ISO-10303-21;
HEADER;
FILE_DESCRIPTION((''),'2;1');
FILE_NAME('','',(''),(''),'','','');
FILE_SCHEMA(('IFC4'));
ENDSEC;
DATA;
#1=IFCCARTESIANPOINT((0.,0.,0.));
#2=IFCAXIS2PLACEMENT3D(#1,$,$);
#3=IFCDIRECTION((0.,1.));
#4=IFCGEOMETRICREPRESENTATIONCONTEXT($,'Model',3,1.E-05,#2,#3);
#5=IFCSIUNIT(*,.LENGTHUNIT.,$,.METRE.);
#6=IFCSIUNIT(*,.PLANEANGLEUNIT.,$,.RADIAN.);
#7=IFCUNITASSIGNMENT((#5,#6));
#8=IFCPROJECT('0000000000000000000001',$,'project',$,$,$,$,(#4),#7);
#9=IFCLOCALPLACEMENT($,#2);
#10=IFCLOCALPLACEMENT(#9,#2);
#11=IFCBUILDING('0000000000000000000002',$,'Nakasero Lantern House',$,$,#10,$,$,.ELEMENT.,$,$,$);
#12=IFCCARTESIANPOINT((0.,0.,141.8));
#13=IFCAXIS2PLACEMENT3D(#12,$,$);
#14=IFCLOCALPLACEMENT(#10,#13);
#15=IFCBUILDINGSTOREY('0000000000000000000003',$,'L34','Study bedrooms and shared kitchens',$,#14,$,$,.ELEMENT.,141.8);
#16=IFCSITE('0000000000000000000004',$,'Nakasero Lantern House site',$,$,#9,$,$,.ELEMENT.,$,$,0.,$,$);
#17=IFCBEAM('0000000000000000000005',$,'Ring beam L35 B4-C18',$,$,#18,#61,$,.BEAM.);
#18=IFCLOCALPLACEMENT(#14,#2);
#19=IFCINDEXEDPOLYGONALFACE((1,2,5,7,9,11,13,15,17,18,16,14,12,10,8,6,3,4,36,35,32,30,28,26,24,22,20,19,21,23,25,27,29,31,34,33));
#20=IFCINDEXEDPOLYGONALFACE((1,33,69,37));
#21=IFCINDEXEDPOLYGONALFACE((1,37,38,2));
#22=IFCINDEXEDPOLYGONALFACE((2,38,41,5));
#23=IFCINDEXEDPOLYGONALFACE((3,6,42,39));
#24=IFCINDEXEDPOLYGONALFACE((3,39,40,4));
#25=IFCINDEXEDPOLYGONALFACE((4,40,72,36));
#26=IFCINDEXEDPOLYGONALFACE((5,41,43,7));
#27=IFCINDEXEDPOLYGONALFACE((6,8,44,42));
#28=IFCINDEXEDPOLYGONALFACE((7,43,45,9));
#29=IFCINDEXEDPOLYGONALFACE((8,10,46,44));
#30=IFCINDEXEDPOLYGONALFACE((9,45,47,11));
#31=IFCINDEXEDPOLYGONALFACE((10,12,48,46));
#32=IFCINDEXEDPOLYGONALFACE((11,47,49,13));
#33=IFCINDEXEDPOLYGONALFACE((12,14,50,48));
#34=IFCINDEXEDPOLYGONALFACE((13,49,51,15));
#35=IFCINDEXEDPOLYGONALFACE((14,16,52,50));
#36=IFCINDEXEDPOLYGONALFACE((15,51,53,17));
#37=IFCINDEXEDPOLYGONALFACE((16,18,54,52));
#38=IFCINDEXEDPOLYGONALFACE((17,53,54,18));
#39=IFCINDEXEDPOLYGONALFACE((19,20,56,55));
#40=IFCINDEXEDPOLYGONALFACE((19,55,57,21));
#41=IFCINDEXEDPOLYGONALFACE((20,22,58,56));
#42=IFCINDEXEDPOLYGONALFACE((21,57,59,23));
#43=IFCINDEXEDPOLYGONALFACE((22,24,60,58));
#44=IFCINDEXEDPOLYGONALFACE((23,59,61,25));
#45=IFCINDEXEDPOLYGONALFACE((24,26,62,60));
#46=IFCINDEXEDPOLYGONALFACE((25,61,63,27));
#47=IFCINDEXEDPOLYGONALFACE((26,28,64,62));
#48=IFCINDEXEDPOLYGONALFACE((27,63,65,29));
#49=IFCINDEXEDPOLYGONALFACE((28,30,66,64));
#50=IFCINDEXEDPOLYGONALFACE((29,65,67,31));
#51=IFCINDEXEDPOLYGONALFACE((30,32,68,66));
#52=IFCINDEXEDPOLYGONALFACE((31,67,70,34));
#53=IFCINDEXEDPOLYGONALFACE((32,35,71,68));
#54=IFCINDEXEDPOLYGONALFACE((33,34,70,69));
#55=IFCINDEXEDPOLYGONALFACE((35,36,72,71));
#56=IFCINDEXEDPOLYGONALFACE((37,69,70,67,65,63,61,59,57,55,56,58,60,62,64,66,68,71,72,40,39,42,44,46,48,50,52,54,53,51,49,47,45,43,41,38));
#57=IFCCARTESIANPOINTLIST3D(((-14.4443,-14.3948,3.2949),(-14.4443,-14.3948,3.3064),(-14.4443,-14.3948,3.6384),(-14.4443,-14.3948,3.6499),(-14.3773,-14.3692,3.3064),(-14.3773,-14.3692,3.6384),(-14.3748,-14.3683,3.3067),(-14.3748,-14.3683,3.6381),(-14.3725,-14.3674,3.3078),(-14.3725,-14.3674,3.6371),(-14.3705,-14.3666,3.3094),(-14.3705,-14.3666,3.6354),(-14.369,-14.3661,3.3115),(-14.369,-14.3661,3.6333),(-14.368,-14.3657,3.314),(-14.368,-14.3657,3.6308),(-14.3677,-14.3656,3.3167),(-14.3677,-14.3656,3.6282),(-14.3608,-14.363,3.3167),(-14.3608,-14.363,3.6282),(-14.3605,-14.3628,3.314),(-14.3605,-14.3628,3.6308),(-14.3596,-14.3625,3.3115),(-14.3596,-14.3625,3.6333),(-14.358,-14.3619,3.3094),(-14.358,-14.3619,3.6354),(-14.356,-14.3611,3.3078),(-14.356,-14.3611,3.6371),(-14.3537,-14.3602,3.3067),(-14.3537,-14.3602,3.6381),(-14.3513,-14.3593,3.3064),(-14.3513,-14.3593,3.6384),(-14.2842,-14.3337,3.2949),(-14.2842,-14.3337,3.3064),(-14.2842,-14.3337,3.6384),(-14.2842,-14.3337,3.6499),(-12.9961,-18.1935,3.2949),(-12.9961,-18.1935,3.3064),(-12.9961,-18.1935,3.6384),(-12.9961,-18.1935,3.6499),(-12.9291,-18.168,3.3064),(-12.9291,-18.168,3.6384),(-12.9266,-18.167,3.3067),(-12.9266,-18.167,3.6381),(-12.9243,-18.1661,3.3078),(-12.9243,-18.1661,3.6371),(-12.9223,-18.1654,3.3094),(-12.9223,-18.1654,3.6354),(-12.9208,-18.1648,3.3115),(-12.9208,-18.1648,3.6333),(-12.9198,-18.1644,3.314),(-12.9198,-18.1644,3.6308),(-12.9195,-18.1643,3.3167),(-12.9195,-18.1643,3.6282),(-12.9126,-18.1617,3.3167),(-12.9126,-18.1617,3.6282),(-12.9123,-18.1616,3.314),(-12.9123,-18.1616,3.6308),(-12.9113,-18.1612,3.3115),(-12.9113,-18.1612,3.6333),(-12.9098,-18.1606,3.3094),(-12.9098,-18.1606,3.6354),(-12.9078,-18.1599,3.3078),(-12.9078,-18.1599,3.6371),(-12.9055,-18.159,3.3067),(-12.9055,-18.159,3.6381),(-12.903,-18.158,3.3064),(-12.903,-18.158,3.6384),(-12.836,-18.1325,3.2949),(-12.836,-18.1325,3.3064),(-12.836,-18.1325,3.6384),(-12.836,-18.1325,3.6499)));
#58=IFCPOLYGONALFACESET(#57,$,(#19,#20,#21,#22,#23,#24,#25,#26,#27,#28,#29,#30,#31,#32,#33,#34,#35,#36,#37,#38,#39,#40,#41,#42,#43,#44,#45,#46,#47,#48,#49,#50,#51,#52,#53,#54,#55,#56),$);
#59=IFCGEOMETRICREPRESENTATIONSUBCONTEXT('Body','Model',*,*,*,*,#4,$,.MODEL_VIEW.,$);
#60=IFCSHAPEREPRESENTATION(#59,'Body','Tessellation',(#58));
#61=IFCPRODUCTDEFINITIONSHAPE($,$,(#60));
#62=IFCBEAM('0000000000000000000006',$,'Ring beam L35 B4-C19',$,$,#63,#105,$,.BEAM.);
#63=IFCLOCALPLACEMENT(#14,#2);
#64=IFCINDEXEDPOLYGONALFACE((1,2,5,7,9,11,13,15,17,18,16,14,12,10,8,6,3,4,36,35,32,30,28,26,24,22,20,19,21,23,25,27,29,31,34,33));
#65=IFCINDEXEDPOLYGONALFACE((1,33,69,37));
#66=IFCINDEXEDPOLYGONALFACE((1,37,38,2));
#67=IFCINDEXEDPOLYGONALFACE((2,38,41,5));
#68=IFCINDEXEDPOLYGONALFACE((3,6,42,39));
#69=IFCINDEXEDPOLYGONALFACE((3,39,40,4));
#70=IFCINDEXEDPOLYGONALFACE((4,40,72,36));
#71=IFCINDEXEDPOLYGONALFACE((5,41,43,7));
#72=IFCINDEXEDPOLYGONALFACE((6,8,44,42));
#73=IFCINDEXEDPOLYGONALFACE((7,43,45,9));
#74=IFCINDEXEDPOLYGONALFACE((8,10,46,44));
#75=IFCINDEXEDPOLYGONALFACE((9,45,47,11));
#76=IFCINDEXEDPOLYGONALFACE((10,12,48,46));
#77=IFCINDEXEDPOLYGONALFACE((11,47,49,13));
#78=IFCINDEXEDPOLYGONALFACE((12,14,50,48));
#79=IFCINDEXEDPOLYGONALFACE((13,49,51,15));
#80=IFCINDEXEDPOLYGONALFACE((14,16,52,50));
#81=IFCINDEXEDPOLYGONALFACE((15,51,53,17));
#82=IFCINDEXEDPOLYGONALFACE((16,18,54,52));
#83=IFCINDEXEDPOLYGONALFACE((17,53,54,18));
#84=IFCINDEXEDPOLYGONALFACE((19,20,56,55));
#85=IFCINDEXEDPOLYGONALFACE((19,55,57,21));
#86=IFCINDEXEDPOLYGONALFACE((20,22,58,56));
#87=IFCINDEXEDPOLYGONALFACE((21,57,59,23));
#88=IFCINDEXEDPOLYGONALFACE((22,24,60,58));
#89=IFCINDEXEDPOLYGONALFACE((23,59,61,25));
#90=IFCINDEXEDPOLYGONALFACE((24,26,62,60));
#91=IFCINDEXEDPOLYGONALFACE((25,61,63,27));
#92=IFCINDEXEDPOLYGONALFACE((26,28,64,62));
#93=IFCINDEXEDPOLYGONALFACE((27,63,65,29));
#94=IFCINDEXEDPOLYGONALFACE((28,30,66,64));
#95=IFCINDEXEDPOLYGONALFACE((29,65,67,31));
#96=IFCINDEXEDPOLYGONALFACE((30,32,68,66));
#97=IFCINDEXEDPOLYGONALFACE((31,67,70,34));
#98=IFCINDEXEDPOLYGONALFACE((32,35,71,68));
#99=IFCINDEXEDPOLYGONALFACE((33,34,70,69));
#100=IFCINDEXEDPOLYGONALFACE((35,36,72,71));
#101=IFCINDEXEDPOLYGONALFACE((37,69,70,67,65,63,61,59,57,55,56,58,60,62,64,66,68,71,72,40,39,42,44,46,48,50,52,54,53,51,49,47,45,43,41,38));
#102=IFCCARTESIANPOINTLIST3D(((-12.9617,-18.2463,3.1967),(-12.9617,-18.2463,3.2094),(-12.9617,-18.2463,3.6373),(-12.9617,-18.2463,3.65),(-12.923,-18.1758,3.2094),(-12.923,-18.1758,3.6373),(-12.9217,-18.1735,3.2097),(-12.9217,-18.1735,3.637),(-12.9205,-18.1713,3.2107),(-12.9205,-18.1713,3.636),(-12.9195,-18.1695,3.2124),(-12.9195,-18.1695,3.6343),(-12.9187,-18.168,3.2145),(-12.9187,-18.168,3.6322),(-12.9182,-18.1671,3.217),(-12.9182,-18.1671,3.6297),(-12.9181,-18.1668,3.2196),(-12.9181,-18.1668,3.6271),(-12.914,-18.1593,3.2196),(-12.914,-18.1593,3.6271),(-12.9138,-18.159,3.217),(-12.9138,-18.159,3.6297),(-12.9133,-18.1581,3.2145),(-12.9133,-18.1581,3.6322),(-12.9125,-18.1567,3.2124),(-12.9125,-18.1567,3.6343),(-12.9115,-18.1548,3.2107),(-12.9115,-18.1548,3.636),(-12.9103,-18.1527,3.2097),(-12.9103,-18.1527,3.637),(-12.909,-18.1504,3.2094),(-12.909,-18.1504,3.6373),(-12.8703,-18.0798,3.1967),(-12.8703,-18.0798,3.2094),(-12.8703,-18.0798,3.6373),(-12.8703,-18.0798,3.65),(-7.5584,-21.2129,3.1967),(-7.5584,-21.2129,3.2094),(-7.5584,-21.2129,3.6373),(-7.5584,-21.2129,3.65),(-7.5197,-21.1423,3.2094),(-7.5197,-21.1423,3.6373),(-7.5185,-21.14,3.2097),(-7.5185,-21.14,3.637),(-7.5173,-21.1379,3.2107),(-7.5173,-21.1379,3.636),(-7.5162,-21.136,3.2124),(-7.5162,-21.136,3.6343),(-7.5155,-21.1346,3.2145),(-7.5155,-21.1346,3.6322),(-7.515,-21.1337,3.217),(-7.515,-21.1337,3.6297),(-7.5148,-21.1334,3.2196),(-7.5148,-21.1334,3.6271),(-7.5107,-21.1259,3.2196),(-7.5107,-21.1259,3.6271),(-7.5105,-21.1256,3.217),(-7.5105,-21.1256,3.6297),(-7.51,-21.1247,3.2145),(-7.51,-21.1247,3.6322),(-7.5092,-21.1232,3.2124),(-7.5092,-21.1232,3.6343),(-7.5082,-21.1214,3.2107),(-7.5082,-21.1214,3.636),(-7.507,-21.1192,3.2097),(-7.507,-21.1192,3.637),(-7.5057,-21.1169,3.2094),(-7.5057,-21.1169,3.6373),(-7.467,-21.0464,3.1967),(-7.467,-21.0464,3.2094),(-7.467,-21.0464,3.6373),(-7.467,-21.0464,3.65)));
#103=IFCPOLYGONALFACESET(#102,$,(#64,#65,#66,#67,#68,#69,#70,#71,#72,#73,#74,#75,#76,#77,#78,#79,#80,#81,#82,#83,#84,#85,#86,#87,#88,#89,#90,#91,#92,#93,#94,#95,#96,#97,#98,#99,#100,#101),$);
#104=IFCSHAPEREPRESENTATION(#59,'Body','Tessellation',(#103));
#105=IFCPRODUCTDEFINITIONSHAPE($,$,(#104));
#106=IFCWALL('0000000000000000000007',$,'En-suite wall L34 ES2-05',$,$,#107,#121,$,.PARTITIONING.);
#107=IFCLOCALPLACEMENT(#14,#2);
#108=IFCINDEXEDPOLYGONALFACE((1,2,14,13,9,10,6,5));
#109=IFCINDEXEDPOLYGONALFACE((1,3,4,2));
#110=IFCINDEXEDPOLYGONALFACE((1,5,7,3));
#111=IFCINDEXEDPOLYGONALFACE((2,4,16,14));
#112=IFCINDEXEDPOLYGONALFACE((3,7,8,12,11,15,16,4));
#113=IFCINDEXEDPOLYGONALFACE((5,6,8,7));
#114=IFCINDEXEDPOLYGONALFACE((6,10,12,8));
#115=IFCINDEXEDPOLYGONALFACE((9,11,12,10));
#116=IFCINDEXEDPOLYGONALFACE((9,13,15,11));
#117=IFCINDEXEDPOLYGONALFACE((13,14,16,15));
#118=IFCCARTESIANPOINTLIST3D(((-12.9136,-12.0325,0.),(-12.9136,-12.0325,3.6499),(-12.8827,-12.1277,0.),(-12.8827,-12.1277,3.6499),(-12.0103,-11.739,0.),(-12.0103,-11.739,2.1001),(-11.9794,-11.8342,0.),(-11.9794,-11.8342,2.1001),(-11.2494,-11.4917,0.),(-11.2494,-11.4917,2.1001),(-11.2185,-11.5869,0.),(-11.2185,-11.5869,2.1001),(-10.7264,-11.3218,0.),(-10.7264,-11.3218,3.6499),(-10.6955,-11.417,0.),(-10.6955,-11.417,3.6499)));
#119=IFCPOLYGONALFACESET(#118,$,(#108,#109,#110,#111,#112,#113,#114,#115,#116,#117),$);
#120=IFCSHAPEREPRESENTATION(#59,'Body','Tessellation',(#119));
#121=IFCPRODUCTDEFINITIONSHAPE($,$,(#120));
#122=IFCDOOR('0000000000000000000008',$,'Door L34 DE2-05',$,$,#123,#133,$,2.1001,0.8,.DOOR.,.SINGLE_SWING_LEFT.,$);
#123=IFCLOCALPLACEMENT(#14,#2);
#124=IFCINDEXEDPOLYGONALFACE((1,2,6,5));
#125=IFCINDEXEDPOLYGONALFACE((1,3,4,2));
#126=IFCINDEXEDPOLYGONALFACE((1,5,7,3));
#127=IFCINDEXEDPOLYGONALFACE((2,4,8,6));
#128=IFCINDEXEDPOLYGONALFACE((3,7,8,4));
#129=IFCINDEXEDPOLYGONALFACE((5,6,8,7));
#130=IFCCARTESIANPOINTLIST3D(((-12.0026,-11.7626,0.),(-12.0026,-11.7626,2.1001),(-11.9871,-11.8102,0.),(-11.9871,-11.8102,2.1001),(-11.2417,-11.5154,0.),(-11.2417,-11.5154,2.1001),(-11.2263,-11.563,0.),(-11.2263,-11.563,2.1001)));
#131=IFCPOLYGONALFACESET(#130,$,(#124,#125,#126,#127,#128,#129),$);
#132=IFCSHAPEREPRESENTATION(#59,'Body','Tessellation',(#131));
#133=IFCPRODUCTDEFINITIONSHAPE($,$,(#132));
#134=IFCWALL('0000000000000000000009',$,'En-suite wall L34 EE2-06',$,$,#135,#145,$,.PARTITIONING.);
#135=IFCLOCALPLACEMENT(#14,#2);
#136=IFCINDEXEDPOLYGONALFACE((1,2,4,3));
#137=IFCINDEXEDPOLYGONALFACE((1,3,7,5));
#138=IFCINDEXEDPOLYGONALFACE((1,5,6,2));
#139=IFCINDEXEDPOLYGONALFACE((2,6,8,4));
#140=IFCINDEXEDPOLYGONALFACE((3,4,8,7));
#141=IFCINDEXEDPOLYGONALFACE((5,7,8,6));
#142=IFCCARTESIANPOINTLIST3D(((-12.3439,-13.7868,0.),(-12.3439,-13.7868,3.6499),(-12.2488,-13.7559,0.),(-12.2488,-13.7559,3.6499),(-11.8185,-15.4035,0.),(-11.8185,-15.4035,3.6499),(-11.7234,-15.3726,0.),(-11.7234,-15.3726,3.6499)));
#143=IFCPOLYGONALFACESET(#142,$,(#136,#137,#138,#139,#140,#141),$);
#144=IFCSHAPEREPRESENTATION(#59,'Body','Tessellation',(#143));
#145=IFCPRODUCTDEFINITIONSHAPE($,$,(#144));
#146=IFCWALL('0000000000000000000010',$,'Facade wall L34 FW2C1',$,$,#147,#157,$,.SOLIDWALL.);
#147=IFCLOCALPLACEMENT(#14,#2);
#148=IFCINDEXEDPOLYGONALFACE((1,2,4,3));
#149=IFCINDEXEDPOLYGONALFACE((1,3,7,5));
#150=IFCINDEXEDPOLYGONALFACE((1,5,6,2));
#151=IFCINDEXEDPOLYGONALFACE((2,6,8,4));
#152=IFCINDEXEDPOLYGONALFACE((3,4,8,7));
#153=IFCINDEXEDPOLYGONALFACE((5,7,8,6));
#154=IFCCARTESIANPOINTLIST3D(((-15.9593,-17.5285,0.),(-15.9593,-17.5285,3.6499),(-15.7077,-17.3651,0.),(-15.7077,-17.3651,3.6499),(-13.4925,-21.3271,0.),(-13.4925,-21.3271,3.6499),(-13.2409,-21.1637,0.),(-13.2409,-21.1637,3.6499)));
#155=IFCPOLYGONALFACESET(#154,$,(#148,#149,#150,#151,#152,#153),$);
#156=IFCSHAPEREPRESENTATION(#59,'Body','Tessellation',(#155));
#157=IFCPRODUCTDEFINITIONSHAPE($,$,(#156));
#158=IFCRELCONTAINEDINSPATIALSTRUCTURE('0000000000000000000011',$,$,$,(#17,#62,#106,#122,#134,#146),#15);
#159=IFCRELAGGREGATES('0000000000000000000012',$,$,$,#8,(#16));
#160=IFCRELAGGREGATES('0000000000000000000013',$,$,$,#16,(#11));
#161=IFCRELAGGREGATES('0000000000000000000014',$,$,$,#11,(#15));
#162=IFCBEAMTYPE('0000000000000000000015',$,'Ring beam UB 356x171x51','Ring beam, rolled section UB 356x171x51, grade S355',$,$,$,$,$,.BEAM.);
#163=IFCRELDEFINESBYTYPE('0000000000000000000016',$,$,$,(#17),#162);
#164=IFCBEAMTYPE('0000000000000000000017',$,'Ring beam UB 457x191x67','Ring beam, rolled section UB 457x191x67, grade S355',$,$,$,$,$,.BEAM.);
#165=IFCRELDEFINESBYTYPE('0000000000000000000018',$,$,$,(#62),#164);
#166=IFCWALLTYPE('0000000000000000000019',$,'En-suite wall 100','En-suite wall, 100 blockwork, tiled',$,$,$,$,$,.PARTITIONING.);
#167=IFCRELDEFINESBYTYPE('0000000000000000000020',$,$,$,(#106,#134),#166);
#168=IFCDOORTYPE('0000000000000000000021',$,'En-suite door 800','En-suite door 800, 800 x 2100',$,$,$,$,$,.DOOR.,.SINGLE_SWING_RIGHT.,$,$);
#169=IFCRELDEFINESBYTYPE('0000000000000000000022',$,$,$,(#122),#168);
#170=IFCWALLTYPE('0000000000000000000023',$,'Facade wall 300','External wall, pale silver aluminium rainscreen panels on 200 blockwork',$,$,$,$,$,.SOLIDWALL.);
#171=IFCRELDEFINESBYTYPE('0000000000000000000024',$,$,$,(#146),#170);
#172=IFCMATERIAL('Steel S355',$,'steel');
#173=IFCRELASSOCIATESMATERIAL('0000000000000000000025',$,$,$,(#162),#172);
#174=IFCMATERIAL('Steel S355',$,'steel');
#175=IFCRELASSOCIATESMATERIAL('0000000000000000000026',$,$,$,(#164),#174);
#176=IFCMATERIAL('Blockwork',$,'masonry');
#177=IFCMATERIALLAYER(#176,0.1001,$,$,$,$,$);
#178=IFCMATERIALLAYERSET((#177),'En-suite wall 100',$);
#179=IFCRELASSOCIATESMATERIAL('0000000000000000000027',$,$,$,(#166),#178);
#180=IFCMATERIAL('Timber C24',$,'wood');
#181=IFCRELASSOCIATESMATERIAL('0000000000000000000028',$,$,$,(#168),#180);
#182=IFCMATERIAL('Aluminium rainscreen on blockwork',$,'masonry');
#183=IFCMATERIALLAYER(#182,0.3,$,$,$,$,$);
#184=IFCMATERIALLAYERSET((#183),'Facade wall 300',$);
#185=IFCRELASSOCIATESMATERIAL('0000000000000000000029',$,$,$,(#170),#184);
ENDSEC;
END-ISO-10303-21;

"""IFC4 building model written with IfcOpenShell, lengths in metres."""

from ifc_helpers import new_model, si_unit, direction, frame, frame_2d, origin, origin_2d, place, context, subcontext, project, spatial, rectangle, i_section, extrude, material, layer, layer_set, material_profile, profile_set, type_object, element, fill, save


model = new_model("IFC4")

# Units and contexts
model_context = context("Model", 3, precision=1e-05, world=origin(), true_north=direction((0.0, 1.0)))
body_context = subcontext(model_context, "Body", "Model", "MODEL_VIEW")
ifc_project = project(units=[si_unit("LENGTHUNIT", "METRE"), si_unit("PLANEANGLEUNIT", "RADIAN")], contexts=[model_context])

# Site, building, storey
site_placement = place(None, origin())
site = spatial("IfcSite", under=ifc_project, at=site_placement, Name="Nakasero Lantern House site", CompositionType="ELEMENT", RefElevation=0.0)
building_placement = place(site_placement, origin())
building = spatial("IfcBuilding", under=site, at=building_placement, Name="Nakasero Lantern House", CompositionType="ELEMENT")
storey_placement = place(building_placement, frame((0.0, 0.0, 141.8)))
storey = spatial("IfcBuildingStorey", under=building, at=storey_placement, Name="L34", Description="Study bedrooms and shared kitchens", CompositionType="ELEMENT", Elevation=141.8)

# Beams
ifc_material_1 = material(Name="Steel S355", Category="steel")
ifc_material_profile_1 = material_profile(ifc_material_1, i_section(OverallWidth=0.1714, OverallDepth=0.355, WebThickness=0.0073, FlangeThickness=0.0115, FilletRadius=0.0103, at=origin_2d()), Name="UB 356x171x51")
ifc_profile_set_1 = profile_set([ifc_material_profile_1], Name="Steel S355")
beam_type_1 = type_object("IfcBeamType", Name="Ring beam UB 356x171x51", Description="Ring beam, rolled section UB 356x171x51, grade S355", PredefinedType="BEAM", material=ifc_profile_set_1)
beam_1_placement = place(storey_placement, frame((-14.3643, -14.3643, 3.4724), z_axis=(0.356225, -0.9344, 0.0), x_axis=(0.9344, 0.356225, 0.0)))
element("IfcBeam", 1, at=beam_1_placement, inside=storey, type_object=beam_type_1, Name="Ring beam L35 B4-C18", PredefinedType="BEAM", context=body_context, shape_type="SweptSolid", body=[
    extrude(i_section(OverallWidth=0.1714, OverallDepth=0.355, WebThickness=0.0073, FlangeThickness=0.0115, FilletRadius=0.0103, at=origin_2d()), origin(), (0.0, 0.0, 1.0), 4.0654),
])
ifc_material_2 = material(Name="Steel S355", Category="steel")
ifc_material_profile_2 = material_profile(ifc_material_2, i_section(OverallWidth=0.1899, OverallDepth=0.4534, WebThickness=0.0085, FlangeThickness=0.0127, FilletRadius=0.0103, at=origin_2d()), Name="UB 457x191x67")
ifc_profile_set_2 = profile_set([ifc_material_profile_2], Name="Steel S355")
beam_type_2 = type_object("IfcBeamType", Name="Ring beam UB 457x191x67", Description="Ring beam, rolled section UB 457x191x67, grade S355", PredefinedType="BEAM", material=ifc_profile_set_2)
beam_2_placement = place(storey_placement, frame((-12.916, -18.1631, 3.4233), z_axis=(0.876577, -0.481262, 0.0), x_axis=(0.481262, 0.876577, 0.0)))
element("IfcBeam", 2, at=beam_2_placement, inside=storey, type_object=beam_type_2, Name="Ring beam L35 B4-C19", PredefinedType="BEAM", context=body_context, shape_type="SweptSolid", body=[
    extrude(i_section(OverallWidth=0.1899, OverallDepth=0.4534, WebThickness=0.0085, FlangeThickness=0.0127, FilletRadius=0.0103, at=origin_2d()), origin(), (0.0, 0.0, 1.0), 6.1641),
])

# Wall, opening, door
ifc_material_3 = material(Name="Blockwork", Category="masonry")
ifc_layer_1 = layer(ifc_material_3, 0.1001)
ifc_layer_set_1 = layer_set([ifc_layer_1], Name="En-suite wall 100")
wall_type_1 = type_object("IfcWallType", Name="En-suite wall 100", Description="En-suite wall, 100 blockwork, tiled", PredefinedType="PARTITIONING", material=ifc_layer_set_1)
wall_1_placement = place(storey_placement, frame((-10.7109, -11.3694, 0.0), z_axis=(0.0, 0.0, 1.0), x_axis=(-0.951055, -0.309021, 0.0)))
wall_1 = element("IfcWall", 3, at=wall_1_placement, inside=storey, type_object=wall_type_1, Name="En-suite wall L34 ES2-05", PredefinedType="PARTITIONING", context=body_context, shape_type="SweptSolid", body=[
    extrude(rectangle(XDim=2.2998, YDim=0.1001, at=frame_2d((1.1499, 0.0))), origin(), (0.0, 0.0, 1.0), 3.6499),
])
opening_1_placement = place(wall_1_placement, frame((0.55, 0.0, 0.0)))
opening_1 = element("IfcOpeningElement", 4, at=opening_1_placement, cuts=wall_1, PredefinedType="OPENING", context=body_context, shape_type="SweptSolid", body=[
    extrude(rectangle(XDim=0.8, YDim=2.1001, at=frame_2d((0.3999, 1.05))), frame((0.0, 0.0701, 0.0), z_axis=(0.0, -1.0, 0.0), x_axis=(1.0, 0.0, 0.0)), (0.0, 0.0, 1.0), 0.1401),
])
ifc_material_4 = material(Name="Timber C24", Category="wood")
door_type = type_object("IfcDoorType", Name="En-suite door 800", Description="En-suite door 800, 800 x 2100", OperationType="SINGLE_SWING_RIGHT", PredefinedType="DOOR", material=ifc_material_4)
door_placement = place(opening_1_placement, origin())
door = element("IfcDoor", 5, at=door_placement, inside=storey, type_object=door_type, Name="Door L34 DE2-05", OperationType="SINGLE_SWING_LEFT", OverallHeight=2.1001, OverallWidth=0.8, PredefinedType="DOOR", context=body_context, shape_type="SweptSolid", body=[
    extrude(rectangle(XDim=0.8, YDim=2.1001, at=frame_2d((0.3999, 1.05))), frame((0.0, 0.0249, 0.0), z_axis=(0.0, -1.0, 0.0), x_axis=(1.0, 0.0, 0.0)), (0.0, 0.0, 1.0), 0.05),
])
fill(opening_1, door)

# Walls
wall_2_placement = place(storey_placement, frame((-12.2964, -13.7712, 0.0), z_axis=(0.0, 0.0, 1.0), x_axis=(0.309067, -0.95104, 0.0)))
element("IfcWall", 6, at=wall_2_placement, inside=storey, type_object=wall_type_1, Name="En-suite wall L34 EE2-06", PredefinedType="PARTITIONING", context=body_context, shape_type="SweptSolid", body=[
    extrude(rectangle(XDim=1.7, YDim=0.1001, at=frame_2d((0.8501, 0.0))), origin(), (0.0, 0.0, 1.0), 3.6499),
])
ifc_material_5 = material(Name="Aluminium rainscreen on blockwork", Category="masonry")
ifc_layer_2 = layer(ifc_material_5, 0.3)
ifc_layer_set_2 = layer_set([ifc_layer_2], Name="Facade wall 300")
wall_type_2 = type_object("IfcWallType", Name="Facade wall 300", Description="External wall, pale silver aluminium rainscreen panels on 200 blockwork", PredefinedType="SOLIDWALL", material=ifc_layer_set_2)
wall_3_placement = place(storey_placement, frame((-15.8335, -17.4468, 0.0), z_axis=(0.0, 0.0, 1.0), x_axis=(0.544634, -0.838674, 0.0)))
element("IfcWall", 7, at=wall_3_placement, inside=storey, type_object=wall_type_2, Name="Facade wall L34 FW2C1", PredefinedType="SOLIDWALL", context=body_context, shape_type="SweptSolid", body=[
    extrude(rectangle(XDim=4.5293, YDim=0.3, at=frame_2d((2.2646, 0.0))), origin(), (0.0, 0.0, 1.0), 3.6499),
])

save(model, "model.ifc")
